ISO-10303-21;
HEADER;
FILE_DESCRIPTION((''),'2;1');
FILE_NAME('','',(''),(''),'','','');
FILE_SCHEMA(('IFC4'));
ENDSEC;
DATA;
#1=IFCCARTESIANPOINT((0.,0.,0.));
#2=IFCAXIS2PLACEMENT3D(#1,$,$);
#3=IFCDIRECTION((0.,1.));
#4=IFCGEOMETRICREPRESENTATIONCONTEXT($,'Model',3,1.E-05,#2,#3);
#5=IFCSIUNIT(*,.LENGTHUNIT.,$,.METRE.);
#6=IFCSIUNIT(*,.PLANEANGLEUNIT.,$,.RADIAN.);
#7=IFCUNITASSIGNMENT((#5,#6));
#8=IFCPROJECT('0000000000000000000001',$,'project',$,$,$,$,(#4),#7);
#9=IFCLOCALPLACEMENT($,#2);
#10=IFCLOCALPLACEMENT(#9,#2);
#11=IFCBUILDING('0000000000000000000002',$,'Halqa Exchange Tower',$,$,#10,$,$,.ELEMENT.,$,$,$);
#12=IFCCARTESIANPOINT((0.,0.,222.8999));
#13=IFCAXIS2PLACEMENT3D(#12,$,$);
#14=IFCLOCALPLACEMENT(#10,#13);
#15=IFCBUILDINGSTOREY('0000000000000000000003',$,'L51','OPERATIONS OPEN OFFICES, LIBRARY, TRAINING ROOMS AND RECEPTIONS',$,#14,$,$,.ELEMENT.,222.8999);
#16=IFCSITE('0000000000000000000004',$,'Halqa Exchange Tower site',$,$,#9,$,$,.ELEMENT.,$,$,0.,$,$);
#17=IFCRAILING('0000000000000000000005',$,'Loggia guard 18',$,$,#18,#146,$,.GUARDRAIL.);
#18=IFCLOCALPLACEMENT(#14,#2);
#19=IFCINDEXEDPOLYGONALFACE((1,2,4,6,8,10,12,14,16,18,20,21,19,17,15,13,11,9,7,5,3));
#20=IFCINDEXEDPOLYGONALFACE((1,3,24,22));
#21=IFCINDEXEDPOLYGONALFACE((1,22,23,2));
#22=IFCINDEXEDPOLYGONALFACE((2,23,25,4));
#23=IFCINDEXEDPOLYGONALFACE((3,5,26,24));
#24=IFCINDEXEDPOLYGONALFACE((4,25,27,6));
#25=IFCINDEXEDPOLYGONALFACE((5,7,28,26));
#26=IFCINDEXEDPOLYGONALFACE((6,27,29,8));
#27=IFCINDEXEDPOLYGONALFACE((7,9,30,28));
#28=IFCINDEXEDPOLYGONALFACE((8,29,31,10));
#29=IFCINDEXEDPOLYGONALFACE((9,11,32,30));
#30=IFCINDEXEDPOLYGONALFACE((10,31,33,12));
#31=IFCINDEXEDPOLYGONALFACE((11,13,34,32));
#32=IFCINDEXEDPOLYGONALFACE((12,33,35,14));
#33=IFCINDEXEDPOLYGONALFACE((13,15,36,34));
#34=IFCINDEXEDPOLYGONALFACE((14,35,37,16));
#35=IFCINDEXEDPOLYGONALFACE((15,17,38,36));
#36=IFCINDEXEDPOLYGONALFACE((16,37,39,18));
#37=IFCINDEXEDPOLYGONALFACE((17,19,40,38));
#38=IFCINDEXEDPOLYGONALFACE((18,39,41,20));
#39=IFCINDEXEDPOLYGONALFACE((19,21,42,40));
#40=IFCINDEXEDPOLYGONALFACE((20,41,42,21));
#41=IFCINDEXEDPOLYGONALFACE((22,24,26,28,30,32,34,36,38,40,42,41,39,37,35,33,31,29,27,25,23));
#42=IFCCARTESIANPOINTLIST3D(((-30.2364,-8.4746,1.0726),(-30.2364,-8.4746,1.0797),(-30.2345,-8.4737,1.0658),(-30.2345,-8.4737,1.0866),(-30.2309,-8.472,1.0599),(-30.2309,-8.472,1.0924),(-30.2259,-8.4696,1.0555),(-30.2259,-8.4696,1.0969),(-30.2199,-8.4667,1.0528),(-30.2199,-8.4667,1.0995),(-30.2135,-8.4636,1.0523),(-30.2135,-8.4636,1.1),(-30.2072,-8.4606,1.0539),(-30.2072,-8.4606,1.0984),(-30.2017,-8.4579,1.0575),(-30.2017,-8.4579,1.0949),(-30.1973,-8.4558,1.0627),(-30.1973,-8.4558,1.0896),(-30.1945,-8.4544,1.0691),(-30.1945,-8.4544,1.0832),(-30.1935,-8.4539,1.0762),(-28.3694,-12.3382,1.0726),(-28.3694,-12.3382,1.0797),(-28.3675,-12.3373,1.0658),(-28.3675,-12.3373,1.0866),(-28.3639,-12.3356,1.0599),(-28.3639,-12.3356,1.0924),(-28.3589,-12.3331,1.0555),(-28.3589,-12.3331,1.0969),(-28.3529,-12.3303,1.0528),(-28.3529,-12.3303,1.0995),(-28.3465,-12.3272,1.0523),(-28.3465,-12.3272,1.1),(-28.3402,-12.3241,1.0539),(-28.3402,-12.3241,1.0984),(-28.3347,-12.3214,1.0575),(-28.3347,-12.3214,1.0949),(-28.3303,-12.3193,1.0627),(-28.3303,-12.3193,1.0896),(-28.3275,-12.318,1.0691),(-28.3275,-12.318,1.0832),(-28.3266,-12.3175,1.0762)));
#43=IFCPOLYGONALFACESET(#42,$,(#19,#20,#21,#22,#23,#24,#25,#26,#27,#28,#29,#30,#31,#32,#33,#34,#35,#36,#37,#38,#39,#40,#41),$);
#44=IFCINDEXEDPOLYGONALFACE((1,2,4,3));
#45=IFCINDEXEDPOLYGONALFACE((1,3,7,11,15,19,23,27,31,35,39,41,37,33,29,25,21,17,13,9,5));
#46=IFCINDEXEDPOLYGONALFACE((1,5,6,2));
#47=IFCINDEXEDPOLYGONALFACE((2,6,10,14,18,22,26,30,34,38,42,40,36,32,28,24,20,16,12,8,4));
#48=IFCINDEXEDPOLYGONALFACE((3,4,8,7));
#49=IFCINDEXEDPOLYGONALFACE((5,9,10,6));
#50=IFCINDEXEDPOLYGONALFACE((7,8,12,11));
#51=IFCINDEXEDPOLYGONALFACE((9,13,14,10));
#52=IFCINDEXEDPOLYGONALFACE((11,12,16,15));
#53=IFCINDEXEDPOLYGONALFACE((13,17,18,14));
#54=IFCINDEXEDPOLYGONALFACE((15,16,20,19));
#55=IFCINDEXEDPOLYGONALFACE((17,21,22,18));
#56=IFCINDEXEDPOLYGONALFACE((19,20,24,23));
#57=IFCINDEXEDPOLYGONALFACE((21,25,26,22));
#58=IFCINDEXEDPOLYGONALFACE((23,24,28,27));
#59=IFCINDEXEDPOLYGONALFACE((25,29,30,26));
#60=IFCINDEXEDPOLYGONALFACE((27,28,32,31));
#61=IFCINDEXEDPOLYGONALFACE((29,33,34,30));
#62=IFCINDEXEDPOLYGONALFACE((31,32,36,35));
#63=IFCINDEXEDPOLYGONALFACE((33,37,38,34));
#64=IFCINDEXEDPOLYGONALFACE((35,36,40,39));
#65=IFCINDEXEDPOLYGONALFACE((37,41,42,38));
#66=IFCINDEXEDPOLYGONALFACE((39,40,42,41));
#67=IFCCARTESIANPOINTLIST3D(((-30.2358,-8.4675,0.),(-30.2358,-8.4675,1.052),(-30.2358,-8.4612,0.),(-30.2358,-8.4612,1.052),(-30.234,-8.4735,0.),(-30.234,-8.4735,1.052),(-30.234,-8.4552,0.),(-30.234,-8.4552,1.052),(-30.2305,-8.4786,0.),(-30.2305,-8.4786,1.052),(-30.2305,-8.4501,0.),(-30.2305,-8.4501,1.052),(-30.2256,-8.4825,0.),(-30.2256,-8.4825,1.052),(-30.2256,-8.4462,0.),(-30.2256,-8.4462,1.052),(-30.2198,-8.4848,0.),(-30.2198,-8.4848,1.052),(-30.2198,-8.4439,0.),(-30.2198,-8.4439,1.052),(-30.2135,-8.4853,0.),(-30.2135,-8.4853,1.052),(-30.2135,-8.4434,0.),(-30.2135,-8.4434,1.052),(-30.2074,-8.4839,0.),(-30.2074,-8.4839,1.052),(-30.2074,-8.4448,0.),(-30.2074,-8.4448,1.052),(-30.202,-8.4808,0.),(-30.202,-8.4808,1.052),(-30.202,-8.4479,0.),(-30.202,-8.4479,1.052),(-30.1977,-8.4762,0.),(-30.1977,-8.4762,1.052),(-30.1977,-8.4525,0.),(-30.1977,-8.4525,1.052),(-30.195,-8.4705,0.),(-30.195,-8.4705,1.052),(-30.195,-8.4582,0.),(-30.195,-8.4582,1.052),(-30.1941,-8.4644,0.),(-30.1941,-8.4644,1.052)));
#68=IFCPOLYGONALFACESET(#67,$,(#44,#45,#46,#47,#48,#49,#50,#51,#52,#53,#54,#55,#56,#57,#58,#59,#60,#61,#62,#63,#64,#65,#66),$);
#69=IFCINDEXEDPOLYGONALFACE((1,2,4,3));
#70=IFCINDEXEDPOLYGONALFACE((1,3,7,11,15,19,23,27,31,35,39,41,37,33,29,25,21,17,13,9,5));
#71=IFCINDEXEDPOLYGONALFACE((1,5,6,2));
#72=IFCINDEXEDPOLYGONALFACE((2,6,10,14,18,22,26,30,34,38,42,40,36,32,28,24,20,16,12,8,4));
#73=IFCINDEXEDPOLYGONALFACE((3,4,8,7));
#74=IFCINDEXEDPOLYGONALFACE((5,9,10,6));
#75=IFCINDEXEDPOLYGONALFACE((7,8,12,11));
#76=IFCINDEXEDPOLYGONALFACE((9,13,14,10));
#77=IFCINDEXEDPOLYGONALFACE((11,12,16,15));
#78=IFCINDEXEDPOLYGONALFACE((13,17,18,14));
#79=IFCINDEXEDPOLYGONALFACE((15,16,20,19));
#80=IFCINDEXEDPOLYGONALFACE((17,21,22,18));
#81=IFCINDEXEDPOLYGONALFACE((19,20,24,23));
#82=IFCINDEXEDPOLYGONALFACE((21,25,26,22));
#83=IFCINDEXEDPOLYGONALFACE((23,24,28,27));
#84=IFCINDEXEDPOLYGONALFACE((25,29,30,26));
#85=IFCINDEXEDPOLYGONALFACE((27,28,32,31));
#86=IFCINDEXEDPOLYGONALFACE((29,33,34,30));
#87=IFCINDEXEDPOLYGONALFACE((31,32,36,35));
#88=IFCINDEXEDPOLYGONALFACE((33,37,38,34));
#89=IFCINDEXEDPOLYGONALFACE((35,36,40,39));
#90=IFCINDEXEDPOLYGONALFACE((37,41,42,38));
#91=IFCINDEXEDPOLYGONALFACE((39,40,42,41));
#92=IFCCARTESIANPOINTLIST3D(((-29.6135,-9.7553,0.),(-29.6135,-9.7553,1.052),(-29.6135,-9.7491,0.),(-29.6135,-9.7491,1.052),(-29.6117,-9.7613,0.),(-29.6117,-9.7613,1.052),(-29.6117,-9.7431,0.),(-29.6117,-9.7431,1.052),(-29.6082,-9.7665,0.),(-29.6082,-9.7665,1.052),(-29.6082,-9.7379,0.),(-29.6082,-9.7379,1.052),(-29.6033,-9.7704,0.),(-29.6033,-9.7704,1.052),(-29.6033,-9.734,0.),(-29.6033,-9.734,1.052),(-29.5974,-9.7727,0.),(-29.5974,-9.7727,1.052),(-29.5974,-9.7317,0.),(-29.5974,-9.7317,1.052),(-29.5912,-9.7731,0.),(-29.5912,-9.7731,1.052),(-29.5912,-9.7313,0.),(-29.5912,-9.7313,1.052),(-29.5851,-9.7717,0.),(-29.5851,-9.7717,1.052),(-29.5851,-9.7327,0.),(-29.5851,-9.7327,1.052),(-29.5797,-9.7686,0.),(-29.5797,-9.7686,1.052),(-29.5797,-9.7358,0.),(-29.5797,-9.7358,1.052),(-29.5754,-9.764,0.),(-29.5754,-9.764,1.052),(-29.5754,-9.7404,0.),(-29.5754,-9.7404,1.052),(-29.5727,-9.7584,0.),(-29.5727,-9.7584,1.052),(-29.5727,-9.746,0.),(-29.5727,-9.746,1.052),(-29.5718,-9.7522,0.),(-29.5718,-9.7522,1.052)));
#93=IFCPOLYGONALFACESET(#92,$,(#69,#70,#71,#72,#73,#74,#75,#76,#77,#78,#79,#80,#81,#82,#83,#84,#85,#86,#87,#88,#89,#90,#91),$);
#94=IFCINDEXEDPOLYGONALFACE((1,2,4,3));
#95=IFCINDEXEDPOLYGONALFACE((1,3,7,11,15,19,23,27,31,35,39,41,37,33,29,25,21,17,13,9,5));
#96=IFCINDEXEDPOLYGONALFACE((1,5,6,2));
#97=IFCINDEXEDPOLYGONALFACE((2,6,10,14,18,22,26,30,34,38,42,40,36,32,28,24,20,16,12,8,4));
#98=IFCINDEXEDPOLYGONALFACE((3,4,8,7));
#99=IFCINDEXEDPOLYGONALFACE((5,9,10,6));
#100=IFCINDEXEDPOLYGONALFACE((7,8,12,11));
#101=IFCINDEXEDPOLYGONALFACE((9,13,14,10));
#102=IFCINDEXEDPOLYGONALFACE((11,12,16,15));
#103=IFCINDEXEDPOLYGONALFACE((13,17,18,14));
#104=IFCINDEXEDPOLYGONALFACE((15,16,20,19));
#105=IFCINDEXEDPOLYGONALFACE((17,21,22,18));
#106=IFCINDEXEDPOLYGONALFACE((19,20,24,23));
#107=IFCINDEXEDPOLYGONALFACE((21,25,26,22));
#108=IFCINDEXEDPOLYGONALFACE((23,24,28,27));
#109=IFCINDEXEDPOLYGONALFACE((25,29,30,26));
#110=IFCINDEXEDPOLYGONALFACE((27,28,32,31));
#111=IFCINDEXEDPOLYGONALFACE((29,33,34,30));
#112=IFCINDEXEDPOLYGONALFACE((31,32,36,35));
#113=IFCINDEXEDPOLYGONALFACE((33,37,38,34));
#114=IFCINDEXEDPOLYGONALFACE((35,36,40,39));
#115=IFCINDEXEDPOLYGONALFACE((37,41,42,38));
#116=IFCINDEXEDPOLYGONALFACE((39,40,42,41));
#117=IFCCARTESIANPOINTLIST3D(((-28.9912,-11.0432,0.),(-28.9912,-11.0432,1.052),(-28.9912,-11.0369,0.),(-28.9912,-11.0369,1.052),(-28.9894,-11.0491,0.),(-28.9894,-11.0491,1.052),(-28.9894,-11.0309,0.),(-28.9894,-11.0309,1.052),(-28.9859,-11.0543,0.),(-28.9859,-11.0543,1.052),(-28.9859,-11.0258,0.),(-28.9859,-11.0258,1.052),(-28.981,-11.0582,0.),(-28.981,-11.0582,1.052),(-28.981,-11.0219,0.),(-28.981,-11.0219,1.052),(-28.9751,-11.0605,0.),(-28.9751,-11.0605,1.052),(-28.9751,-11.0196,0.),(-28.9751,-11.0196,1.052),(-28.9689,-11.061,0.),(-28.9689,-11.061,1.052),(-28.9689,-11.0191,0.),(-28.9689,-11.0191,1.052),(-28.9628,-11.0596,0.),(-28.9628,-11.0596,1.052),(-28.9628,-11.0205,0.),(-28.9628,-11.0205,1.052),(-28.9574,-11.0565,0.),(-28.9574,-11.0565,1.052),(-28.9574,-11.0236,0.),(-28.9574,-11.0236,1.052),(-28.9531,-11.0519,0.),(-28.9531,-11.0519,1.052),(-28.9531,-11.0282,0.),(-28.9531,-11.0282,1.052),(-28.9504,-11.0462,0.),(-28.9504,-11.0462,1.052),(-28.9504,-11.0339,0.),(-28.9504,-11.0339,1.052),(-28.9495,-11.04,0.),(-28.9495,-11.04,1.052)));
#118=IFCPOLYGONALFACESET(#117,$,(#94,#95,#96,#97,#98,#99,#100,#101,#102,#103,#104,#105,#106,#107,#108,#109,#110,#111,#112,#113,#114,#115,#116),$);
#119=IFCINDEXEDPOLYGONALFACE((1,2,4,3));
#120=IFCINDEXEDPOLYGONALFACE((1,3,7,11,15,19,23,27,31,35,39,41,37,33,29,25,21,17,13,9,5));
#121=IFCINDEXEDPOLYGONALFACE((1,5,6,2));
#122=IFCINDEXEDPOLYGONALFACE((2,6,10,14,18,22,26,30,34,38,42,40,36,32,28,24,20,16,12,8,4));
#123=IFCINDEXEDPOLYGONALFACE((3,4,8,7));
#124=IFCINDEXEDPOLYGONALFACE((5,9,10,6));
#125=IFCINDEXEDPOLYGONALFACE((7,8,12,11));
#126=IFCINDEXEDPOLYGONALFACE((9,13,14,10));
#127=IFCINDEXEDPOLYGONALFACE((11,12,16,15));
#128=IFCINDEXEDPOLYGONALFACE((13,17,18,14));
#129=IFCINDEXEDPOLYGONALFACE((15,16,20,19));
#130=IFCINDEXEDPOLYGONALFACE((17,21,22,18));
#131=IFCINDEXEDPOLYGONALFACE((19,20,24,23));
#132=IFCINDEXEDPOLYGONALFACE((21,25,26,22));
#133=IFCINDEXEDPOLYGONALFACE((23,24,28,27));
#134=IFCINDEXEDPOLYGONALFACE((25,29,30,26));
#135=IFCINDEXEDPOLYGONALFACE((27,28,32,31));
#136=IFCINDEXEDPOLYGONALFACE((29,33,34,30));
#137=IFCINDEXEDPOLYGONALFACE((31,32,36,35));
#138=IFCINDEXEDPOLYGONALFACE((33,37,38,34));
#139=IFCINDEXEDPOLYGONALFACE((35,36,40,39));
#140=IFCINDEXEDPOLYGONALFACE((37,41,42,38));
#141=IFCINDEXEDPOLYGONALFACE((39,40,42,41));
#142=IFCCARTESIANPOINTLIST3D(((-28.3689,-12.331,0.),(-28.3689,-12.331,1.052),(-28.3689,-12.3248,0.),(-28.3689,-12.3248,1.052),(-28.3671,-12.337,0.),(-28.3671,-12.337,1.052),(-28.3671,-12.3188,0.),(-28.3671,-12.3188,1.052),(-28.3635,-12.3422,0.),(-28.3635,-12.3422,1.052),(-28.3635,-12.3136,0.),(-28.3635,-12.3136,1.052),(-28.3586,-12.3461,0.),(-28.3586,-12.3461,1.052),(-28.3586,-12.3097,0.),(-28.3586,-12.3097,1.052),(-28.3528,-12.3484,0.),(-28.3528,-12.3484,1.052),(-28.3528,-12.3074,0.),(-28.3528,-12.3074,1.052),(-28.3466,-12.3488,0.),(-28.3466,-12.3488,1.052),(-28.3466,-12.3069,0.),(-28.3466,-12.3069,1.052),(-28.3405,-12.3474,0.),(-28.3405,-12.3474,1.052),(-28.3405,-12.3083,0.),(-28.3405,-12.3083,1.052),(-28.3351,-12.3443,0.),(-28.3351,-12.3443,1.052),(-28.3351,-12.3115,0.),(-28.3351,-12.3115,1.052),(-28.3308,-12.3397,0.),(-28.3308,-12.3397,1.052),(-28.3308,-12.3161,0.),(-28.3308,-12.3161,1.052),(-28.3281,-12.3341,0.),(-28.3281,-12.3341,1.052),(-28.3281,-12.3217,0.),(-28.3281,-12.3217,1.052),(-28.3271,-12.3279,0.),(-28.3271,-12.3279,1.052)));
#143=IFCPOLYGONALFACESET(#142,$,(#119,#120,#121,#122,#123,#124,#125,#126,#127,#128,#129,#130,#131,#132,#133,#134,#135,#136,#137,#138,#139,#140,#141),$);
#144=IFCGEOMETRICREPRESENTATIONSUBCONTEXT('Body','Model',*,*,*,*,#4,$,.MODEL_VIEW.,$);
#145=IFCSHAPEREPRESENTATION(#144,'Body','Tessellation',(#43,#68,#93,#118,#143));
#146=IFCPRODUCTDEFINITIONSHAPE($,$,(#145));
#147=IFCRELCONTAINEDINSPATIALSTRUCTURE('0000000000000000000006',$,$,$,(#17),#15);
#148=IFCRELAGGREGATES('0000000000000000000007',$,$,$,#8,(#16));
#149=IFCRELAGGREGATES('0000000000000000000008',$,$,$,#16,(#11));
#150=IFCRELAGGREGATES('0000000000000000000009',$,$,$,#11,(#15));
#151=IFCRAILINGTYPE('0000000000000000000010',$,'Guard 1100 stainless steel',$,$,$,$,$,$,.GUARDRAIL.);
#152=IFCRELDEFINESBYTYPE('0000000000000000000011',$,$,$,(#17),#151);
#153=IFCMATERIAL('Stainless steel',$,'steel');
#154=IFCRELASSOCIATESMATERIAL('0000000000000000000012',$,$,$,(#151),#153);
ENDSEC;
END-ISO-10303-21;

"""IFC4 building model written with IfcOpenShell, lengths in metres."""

from ifc_helpers import new_model, si_unit, direction, frame, origin, origin_2d, place, context, subcontext, project, spatial, circle, extrude, material, type_object, element, save


model = new_model("IFC4")

# Units and contexts
model_context = context("Model", 3, precision=1e-05, world=origin(), true_north=direction((0.0, 1.0)))
body_context = subcontext(model_context, "Body", "Model", "MODEL_VIEW")
ifc_project = project(units=[si_unit("LENGTHUNIT", "METRE"), si_unit("PLANEANGLEUNIT", "RADIAN")], contexts=[model_context])

# Site, building, storey
site_placement = place(None, origin())
site = spatial("IfcSite", under=ifc_project, at=site_placement, Name="Halqa Exchange Tower site", CompositionType="ELEMENT", RefElevation=0.0)
building_placement = place(site_placement, origin())
building = spatial("IfcBuilding", under=site, at=building_placement, Name="Halqa Exchange Tower", CompositionType="ELEMENT")
storey_placement = place(building_placement, frame((0.0, 0.0, 222.8999)))
storey = spatial("IfcBuildingStorey", under=building, at=storey_placement, Name="L51", Description="OPERATIONS OPEN OFFICES, LIBRARY, TRAINING ROOMS AND RECEPTIONS", CompositionType="ELEMENT", Elevation=222.8999)

# Railing
ifc_material_1 = material(Name="Stainless steel", Category="steel")
railing_type = type_object("IfcRailingType", Name="Guard 1100 stainless steel", PredefinedType="GUARDRAIL", material=ifc_material_1)
railing_1_placement = place(storey_placement, frame((-30.2151, -8.4644, 0.0)))
element("IfcRailing", 1, at=railing_1_placement, inside=storey, type_object=railing_type, Name="Loggia guard 18", PredefinedType="GUARDRAIL", context=body_context, shape_type="SweptSolid", body=[
    extrude(circle(Radius=0.0239, at=origin_2d()), frame((0.0, 0.0, 1.0762), z_axis=(0.435088, -0.900388, 0.0), x_axis=(0.900388, 0.435088, 0.0)), (0.0, 0.0, 1.0), 4.291),
    extrude(circle(Radius=0.021, at=origin_2d()), origin(), (0.0, 0.0, 1.0), 1.052),
    extrude(circle(Radius=0.021, at=origin_2d()), frame((0.6223, -1.2878, 0.0)), (0.0, 0.0, 1.0), 1.052),
    extrude(circle(Radius=0.021, at=origin_2d()), frame((1.2446, -2.5757, 0.0)), (0.0, 0.0, 1.0), 1.052),
    extrude(circle(Radius=0.021, at=origin_2d()), frame((1.8669, -3.8635, 0.0)), (0.0, 0.0, 1.0), 1.052),
])

save(model, "model.ifc")
